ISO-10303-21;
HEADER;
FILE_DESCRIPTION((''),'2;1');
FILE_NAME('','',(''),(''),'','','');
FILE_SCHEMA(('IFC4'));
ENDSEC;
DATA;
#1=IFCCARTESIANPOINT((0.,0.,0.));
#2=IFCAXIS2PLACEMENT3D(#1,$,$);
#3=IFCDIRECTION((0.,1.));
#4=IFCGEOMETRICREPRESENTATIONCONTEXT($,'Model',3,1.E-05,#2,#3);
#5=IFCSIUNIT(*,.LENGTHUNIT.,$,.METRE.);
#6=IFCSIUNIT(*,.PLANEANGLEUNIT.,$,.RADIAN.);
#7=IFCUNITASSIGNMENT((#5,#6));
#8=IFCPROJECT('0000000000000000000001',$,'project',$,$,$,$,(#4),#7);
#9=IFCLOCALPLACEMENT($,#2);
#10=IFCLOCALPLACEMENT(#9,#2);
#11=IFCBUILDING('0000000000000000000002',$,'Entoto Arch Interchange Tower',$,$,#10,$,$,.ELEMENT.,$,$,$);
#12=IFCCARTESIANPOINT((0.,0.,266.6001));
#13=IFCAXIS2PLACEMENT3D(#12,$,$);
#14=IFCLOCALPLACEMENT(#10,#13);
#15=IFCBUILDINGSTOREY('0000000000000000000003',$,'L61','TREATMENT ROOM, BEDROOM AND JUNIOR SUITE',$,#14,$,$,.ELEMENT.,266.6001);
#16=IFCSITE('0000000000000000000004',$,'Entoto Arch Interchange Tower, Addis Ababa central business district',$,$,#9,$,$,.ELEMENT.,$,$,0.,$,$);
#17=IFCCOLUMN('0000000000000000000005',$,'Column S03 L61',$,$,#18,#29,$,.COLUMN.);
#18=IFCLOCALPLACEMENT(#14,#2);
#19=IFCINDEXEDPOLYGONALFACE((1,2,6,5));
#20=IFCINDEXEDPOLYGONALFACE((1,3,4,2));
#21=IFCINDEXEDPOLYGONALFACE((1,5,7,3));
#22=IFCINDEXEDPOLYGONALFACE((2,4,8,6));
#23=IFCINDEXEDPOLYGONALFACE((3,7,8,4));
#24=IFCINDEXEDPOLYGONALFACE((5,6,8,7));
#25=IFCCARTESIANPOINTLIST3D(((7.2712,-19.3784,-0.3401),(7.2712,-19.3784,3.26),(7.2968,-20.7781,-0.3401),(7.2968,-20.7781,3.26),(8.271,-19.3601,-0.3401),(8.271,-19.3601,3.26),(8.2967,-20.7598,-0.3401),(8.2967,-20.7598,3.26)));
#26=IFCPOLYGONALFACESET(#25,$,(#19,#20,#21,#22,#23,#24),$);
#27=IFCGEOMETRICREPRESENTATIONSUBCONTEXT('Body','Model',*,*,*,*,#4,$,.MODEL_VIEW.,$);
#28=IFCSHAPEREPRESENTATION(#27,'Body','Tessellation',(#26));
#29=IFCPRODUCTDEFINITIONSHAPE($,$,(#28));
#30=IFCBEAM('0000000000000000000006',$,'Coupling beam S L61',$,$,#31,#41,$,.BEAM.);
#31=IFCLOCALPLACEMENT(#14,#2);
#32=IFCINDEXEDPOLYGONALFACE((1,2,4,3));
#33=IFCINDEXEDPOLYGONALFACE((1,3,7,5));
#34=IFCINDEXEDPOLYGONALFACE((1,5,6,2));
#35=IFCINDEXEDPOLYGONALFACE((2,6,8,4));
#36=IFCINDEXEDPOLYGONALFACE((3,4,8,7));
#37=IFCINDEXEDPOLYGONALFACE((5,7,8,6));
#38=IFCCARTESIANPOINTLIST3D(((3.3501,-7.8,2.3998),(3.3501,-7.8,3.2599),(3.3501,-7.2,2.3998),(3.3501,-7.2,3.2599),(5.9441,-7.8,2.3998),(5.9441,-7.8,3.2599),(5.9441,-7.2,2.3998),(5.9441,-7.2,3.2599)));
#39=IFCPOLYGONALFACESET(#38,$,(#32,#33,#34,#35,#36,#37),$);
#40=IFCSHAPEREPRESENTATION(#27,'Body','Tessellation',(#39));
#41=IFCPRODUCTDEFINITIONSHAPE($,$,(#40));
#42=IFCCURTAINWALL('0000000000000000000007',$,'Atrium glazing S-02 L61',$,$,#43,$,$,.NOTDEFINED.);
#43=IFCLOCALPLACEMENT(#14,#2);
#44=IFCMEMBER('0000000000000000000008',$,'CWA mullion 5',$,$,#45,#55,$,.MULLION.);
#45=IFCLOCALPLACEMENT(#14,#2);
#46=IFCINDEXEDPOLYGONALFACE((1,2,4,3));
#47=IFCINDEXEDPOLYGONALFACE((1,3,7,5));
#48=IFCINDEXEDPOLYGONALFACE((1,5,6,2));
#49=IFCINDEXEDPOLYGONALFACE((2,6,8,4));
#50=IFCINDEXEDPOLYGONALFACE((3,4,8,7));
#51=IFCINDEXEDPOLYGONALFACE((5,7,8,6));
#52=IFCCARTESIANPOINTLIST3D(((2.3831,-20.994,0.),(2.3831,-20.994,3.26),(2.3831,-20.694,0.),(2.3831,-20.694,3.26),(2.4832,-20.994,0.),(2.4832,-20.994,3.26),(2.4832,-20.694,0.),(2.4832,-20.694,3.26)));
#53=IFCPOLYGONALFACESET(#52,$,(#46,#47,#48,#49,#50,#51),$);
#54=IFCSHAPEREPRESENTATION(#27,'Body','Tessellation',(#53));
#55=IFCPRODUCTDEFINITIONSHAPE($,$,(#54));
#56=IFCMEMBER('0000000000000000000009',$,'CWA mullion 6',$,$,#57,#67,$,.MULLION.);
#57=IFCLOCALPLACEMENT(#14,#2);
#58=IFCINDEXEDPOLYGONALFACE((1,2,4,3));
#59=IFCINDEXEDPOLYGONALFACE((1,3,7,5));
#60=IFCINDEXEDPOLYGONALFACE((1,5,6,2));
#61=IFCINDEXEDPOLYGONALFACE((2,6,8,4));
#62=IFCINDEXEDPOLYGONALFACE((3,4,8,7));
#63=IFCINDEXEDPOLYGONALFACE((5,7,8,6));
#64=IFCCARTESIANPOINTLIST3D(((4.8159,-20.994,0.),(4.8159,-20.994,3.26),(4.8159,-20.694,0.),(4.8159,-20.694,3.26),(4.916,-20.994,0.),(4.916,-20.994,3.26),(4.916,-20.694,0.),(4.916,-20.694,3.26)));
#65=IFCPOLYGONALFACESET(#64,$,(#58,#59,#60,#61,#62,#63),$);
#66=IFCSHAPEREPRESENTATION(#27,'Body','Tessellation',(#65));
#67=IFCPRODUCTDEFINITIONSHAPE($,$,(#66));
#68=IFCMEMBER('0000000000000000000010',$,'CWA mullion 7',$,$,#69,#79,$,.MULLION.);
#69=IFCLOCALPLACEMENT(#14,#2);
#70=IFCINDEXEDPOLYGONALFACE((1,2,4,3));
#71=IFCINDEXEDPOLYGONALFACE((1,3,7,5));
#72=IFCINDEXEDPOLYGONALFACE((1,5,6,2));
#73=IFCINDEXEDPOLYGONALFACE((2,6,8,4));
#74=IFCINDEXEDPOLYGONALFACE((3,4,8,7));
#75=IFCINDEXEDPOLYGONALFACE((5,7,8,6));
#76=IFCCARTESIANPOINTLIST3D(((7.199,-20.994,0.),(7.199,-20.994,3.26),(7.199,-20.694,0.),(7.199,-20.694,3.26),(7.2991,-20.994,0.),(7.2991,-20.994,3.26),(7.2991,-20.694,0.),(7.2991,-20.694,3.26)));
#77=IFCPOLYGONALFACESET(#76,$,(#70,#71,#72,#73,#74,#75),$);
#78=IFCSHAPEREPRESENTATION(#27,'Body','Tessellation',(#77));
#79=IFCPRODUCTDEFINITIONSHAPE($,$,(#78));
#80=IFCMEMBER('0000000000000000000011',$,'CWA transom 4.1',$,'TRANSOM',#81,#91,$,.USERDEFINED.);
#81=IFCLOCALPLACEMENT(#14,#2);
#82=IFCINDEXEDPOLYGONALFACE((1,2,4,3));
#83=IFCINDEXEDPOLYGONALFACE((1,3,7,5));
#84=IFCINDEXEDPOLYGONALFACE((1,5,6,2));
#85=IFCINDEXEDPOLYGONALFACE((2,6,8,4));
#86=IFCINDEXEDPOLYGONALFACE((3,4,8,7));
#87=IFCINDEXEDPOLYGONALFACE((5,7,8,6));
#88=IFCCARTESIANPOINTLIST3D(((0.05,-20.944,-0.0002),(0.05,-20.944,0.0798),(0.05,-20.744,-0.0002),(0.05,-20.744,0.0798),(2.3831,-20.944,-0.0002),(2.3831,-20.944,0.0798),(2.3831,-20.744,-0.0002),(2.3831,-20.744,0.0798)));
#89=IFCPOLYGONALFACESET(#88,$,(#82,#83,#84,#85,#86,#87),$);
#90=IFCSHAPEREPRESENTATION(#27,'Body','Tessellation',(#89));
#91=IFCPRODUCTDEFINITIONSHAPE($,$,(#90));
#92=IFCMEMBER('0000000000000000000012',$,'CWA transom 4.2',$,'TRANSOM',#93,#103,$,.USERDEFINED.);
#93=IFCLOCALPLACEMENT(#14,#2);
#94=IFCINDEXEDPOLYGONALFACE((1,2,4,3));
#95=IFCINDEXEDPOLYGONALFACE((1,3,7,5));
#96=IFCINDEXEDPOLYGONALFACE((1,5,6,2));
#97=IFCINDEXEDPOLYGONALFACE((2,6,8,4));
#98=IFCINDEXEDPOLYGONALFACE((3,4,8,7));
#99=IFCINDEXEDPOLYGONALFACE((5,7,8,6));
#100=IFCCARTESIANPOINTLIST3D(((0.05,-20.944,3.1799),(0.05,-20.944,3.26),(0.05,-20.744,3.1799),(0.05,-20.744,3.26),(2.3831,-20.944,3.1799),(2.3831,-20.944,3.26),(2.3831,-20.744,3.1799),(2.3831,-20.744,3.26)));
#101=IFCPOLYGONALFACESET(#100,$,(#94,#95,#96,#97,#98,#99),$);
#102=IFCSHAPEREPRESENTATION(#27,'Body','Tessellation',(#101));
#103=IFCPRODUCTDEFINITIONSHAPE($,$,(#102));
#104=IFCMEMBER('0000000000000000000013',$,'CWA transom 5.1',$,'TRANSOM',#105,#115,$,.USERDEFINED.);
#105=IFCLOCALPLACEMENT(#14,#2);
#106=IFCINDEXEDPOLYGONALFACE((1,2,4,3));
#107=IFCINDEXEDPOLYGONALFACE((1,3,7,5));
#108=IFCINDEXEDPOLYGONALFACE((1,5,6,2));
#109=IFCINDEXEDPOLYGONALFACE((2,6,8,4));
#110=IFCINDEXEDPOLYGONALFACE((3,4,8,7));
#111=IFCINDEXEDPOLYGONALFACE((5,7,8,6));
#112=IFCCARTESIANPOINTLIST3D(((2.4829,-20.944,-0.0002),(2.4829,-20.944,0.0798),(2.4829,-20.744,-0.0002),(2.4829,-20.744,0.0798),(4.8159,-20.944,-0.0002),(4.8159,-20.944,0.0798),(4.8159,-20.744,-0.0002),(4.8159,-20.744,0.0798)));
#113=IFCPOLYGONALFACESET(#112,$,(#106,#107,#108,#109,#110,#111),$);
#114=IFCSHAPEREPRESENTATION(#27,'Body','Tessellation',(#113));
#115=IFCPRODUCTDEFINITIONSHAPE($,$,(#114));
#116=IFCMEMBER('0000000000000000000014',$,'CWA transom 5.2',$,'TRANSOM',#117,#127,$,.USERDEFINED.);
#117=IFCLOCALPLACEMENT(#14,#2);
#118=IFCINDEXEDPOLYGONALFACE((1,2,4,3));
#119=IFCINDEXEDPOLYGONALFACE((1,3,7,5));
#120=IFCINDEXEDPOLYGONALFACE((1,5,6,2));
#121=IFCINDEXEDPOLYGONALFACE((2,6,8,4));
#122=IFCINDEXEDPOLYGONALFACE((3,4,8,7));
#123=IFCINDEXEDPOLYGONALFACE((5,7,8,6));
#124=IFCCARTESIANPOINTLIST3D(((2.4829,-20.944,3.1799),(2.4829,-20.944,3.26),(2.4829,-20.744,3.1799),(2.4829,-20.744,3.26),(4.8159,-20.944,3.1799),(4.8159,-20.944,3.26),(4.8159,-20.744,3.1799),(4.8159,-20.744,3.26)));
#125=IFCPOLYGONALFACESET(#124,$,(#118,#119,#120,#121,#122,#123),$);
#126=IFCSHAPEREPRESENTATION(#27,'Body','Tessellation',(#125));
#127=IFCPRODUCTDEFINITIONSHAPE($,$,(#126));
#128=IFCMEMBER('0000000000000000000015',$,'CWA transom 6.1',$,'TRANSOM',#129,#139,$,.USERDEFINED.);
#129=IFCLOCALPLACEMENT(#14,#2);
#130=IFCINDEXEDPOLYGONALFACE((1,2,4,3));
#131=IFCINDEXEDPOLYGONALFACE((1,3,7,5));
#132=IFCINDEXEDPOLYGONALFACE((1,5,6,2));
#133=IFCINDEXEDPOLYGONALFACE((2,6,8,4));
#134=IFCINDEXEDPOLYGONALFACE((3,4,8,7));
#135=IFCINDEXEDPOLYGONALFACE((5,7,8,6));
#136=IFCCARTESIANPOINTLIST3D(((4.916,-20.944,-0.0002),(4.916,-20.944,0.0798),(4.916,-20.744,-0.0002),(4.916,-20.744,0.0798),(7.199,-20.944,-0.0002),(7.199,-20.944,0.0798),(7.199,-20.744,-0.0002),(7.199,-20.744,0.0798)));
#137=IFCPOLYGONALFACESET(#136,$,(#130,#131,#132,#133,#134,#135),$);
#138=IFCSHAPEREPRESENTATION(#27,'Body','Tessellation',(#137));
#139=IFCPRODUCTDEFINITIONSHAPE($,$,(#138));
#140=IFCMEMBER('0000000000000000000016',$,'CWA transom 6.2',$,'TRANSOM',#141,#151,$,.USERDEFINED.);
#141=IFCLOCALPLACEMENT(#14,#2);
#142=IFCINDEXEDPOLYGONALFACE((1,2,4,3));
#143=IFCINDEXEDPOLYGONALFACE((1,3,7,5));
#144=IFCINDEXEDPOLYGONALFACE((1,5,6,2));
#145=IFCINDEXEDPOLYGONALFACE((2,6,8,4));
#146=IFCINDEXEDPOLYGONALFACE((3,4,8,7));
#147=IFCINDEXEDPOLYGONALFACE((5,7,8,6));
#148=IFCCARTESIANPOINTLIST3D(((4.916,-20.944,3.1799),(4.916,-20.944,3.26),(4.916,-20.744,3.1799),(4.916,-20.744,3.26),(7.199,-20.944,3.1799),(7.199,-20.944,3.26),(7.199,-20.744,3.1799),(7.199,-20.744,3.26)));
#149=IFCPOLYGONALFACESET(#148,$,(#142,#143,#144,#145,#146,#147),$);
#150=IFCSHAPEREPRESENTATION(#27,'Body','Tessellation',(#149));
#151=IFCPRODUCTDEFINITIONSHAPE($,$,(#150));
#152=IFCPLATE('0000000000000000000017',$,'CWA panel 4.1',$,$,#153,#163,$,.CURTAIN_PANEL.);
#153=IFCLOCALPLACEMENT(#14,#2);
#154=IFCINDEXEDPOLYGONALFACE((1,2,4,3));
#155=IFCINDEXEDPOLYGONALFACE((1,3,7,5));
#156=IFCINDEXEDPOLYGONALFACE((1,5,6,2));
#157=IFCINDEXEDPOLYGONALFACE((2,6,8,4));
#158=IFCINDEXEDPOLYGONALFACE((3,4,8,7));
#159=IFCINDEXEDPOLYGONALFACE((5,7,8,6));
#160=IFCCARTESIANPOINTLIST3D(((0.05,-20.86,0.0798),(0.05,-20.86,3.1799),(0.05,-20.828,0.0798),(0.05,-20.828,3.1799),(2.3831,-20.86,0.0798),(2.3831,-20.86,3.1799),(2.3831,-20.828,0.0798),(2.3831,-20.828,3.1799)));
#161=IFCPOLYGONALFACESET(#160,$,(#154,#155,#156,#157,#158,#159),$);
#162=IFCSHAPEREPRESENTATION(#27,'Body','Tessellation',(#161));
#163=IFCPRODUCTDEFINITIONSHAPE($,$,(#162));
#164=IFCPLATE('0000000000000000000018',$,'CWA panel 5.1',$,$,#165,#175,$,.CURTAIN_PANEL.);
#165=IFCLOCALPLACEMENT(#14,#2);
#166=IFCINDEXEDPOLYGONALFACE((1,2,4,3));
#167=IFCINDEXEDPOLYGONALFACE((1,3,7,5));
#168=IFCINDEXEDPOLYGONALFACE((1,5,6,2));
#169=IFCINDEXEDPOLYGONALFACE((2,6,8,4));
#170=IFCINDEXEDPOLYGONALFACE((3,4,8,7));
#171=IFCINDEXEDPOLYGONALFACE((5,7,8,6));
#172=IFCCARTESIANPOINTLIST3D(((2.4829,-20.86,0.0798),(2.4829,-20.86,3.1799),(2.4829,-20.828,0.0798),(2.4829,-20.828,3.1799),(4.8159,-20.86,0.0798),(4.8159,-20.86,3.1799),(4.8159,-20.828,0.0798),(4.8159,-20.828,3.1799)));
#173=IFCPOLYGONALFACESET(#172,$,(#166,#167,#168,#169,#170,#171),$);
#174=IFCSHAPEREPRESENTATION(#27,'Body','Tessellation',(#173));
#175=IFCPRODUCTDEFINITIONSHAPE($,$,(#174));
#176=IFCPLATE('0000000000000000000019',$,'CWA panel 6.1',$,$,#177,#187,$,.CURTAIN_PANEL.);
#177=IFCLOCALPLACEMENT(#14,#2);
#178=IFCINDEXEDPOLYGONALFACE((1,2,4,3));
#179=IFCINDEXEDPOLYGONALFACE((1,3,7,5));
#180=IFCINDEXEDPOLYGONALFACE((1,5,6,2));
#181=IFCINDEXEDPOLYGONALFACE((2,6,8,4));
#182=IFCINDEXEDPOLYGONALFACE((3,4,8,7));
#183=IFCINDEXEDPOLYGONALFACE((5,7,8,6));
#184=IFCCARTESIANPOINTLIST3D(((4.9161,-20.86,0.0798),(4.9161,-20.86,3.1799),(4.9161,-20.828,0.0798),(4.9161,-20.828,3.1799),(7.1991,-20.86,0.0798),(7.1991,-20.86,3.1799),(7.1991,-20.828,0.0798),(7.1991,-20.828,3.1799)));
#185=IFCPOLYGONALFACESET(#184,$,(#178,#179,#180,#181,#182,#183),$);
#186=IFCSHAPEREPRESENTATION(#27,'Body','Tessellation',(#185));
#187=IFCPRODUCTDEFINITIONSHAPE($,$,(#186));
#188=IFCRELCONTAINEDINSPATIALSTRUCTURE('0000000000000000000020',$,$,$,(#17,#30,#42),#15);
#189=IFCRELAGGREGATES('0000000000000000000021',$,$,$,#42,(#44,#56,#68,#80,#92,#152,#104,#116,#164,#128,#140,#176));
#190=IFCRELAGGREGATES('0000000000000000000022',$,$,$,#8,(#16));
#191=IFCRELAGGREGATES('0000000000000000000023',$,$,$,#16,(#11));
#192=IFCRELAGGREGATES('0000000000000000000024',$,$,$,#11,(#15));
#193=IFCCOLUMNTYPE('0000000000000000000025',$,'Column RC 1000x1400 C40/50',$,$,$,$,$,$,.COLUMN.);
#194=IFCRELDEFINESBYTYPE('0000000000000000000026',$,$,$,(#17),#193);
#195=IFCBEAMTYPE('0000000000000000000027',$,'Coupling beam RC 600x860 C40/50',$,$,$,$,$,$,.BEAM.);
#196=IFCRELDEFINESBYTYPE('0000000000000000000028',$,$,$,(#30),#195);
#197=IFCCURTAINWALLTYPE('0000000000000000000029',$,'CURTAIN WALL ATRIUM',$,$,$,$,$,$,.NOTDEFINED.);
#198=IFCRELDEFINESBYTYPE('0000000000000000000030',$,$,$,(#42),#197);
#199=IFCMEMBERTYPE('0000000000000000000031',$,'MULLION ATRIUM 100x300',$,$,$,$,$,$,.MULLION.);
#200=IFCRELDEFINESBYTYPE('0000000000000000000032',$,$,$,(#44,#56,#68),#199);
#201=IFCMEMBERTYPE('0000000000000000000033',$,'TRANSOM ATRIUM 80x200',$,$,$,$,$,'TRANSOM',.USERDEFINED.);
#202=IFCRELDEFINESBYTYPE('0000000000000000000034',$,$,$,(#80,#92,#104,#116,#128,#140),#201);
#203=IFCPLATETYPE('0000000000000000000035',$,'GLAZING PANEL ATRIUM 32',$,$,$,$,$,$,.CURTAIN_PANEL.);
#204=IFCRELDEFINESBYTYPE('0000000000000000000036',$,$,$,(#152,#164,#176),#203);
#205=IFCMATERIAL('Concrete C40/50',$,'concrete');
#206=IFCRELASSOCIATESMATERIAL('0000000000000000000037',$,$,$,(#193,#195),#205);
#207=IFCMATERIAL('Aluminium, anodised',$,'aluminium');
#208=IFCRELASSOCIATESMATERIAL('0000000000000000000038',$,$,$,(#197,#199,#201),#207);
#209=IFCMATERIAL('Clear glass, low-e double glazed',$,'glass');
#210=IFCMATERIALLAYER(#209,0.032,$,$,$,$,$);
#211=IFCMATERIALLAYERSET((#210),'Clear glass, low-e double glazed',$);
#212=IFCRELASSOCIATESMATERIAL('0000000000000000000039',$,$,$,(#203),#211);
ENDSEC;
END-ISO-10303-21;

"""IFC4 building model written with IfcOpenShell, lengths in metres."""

from ifc_helpers import new_model, si_unit, direction, frame, origin, origin_2d, place, context, subcontext, project, spatial, rectangle, extrude, material, layer, layer_set, material_profile, profile_set, type_object, element, aggregate, save


model = new_model("IFC4")

# Units and contexts
model_context = context("Model", 3, precision=1e-05, world=origin(), true_north=direction((0.0, 1.0)))
body_context = subcontext(model_context, "Body", "Model", "MODEL_VIEW")
ifc_project = project(units=[si_unit("LENGTHUNIT", "METRE"), si_unit("PLANEANGLEUNIT", "RADIAN")], contexts=[model_context])

# Site, building, storey
site_placement = place(None, origin())
site = spatial("IfcSite", under=ifc_project, at=site_placement, Name="Entoto Arch Interchange Tower, Addis Ababa central business district", CompositionType="ELEMENT", RefElevation=0.0)
building_placement = place(site_placement, origin())
building = spatial("IfcBuilding", under=site, at=building_placement, Name="Entoto Arch Interchange Tower", CompositionType="ELEMENT")
storey_placement = place(building_placement, frame((0.0, 0.0, 266.6001)))
storey = spatial("IfcBuildingStorey", under=building, at=storey_placement, Name="L61", Description="TREATMENT ROOM, BEDROOM AND JUNIOR SUITE", CompositionType="ELEMENT", Elevation=266.6001)

# Column
ifc_material_1 = material(Name="Concrete C40/50", Category="concrete")
ifc_material_profile_1 = material_profile(ifc_material_1, rectangle(XDim=1.0, YDim=1.3999, at=origin_2d()))
ifc_profile_set_1 = profile_set([ifc_material_profile_1], Name="Concrete C40/50")
column_type = type_object("IfcColumnType", Name="Column RC 1000x1400 C40/50", PredefinedType="COLUMN", material=ifc_profile_set_1)
column_placement = place(storey_placement, frame((7.7839, -20.0691, -0.3401), z_axis=(0.0, 0.0, 1.0), x_axis=(0.999833, 0.01829, 0.0)))
element("IfcColumn", 1, at=column_placement, inside=storey, type_object=column_type, Name="Column S03 L61", PredefinedType="COLUMN", context=body_context, shape_type="SweptSolid", body=[
    extrude(rectangle(XDim=1.0, YDim=1.3999, at=origin_2d()), origin(), (0.0, 0.0, 1.0), 3.6001),
])

# Beam
ifc_material_profile_2 = material_profile(ifc_material_1, rectangle(XDim=0.6001, YDim=0.8601, at=origin_2d()))
ifc_profile_set_2 = profile_set([ifc_material_profile_2], Name="Concrete C40/50")
beam_type = type_object("IfcBeamType", Name="Coupling beam RC 600x860 C40/50", PredefinedType="BEAM", material=ifc_profile_set_2)
beam_placement = place(storey_placement, frame((3.3501, -7.5, 2.8298), z_axis=(1.0, 0.0, 0.0), x_axis=(0.0, 1.0, 0.0)))
element("IfcBeam", 2, at=beam_placement, inside=storey, type_object=beam_type, Name="Coupling beam S L61", PredefinedType="BEAM", context=body_context, shape_type="SweptSolid", body=[
    extrude(rectangle(XDim=0.6001, YDim=0.8601, at=origin_2d()), origin(), (0.0, 0.0, 1.0), 2.594),
])

# Curtain wall, members, plates
ifc_material_2 = material(Name="Aluminium, anodised", Category="aluminium")
curtain_wall_type = type_object("IfcCurtainWallType", Name="CURTAIN WALL ATRIUM", PredefinedType="NOTDEFINED", material=ifc_material_2)
curtain_wall_placement = place(storey_placement, origin())
curtain_wall = element("IfcCurtainWall", 3, at=curtain_wall_placement, inside=storey, type_object=curtain_wall_type, Name="Atrium glazing S-02 L61", PredefinedType="NOTDEFINED")
ifc_material_profile_3 = material_profile(ifc_material_2, rectangle(XDim=0.3, YDim=0.1001, at=origin_2d()))
ifc_profile_set_3 = profile_set([ifc_material_profile_3], Name="Aluminium, anodised")
member_type_1 = type_object("IfcMemberType", Name="MULLION ATRIUM 100x300", PredefinedType="MULLION", material=ifc_profile_set_3)
member_1_placement = place(storey_placement, frame((2.4331, -20.844, 0.0), z_axis=(0.0, 0.0, 1.0), x_axis=(0.0, 1.0, 0.0)))
member_1 = element("IfcMember", 4, at=member_1_placement, type_object=member_type_1, Name="CWA mullion 5", PredefinedType="MULLION", context=body_context, shape_type="SweptSolid", body=[
    extrude(rectangle(XDim=0.3, YDim=0.1001, at=origin_2d()), origin(), (0.0, 0.0, 1.0), 3.26),
])
member_2_placement = place(storey_placement, frame((4.866, -20.844, 0.0), z_axis=(0.0, 0.0, 1.0), x_axis=(0.0, 1.0, 0.0)))
member_2 = element("IfcMember", 5, at=member_2_placement, type_object=member_type_1, Name="CWA mullion 6", PredefinedType="MULLION", context=body_context, shape_type="SweptSolid", body=[
    extrude(rectangle(XDim=0.3, YDim=0.1001, at=origin_2d()), origin(), (0.0, 0.0, 1.0), 3.26),
])
member_3_placement = place(storey_placement, frame((7.249, -20.844, 0.0), z_axis=(0.0, 0.0, 1.0), x_axis=(0.0, 1.0, 0.0)))
member_3 = element("IfcMember", 6, at=member_3_placement, type_object=member_type_1, Name="CWA mullion 7", PredefinedType="MULLION", context=body_context, shape_type="SweptSolid", body=[
    extrude(rectangle(XDim=0.3, YDim=0.1001, at=origin_2d()), origin(), (0.0, 0.0, 1.0), 3.26),
])
ifc_material_profile_4 = material_profile(ifc_material_2, rectangle(XDim=0.2, YDim=0.0801, at=origin_2d()))
ifc_profile_set_4 = profile_set([ifc_material_profile_4], Name="Aluminium, anodised")
member_type_2 = type_object("IfcMemberType", Name="TRANSOM ATRIUM 80x200", ElementType="TRANSOM", PredefinedType="USERDEFINED", material=ifc_profile_set_4)
member_4_placement = place(storey_placement, frame((0.05, -20.844, 0.0398), z_axis=(1.0, 0.0, 0.0), x_axis=(0.0, 1.0, 0.0)))
member_4 = element("IfcMember", 7, at=member_4_placement, type_object=member_type_2, Name="CWA transom 4.1", ObjectType="TRANSOM", PredefinedType="USERDEFINED", context=body_context, shape_type="SweptSolid", body=[
    extrude(rectangle(XDim=0.2, YDim=0.0801, at=origin_2d()), origin(), (0.0, 0.0, 1.0), 2.333),
])
member_5_placement = place(storey_placement, frame((0.05, -20.844, 3.22), z_axis=(1.0, 0.0, 0.0), x_axis=(0.0, 1.0, 0.0)))
member_5 = element("IfcMember", 8, at=member_5_placement, type_object=member_type_2, Name="CWA transom 4.2", ObjectType="TRANSOM", PredefinedType="USERDEFINED", context=body_context, shape_type="SweptSolid", body=[
    extrude(rectangle(XDim=0.2, YDim=0.0801, at=origin_2d()), origin(), (0.0, 0.0, 1.0), 2.333),
])
member_6_placement = place(storey_placement, frame((2.4829, -20.844, 0.0398), z_axis=(1.0, 0.0, 0.0), x_axis=(0.0, 1.0, 0.0)))
member_6 = element("IfcMember", 9, at=member_6_placement, type_object=member_type_2, Name="CWA transom 5.1", ObjectType="TRANSOM", PredefinedType="USERDEFINED", context=body_context, shape_type="SweptSolid", body=[
    extrude(rectangle(XDim=0.2, YDim=0.0801, at=origin_2d()), origin(), (0.0, 0.0, 1.0), 2.333),
])
member_7_placement = place(storey_placement, frame((2.4829, -20.844, 3.22), z_axis=(1.0, 0.0, 0.0), x_axis=(0.0, 1.0, 0.0)))
member_7 = element("IfcMember", 10, at=member_7_placement, type_object=member_type_2, Name="CWA transom 5.2", ObjectType="TRANSOM", PredefinedType="USERDEFINED", context=body_context, shape_type="SweptSolid", body=[
    extrude(rectangle(XDim=0.2, YDim=0.0801, at=origin_2d()), origin(), (0.0, 0.0, 1.0), 2.333),
])
member_8_placement = place(storey_placement, frame((4.916, -20.844, 0.0398), z_axis=(1.0, 0.0, 0.0), x_axis=(0.0, 1.0, 0.0)))
member_8 = element("IfcMember", 11, at=member_8_placement, type_object=member_type_2, Name="CWA transom 6.1", ObjectType="TRANSOM", PredefinedType="USERDEFINED", context=body_context, shape_type="SweptSolid", body=[
    extrude(rectangle(XDim=0.2, YDim=0.0801, at=origin_2d()), origin(), (0.0, 0.0, 1.0), 2.283),
])
member_9_placement = place(storey_placement, frame((4.916, -20.844, 3.22), z_axis=(1.0, 0.0, 0.0), x_axis=(0.0, 1.0, 0.0)))
member_9 = element("IfcMember", 12, at=member_9_placement, type_object=member_type_2, Name="CWA transom 6.2", ObjectType="TRANSOM", PredefinedType="USERDEFINED", context=body_context, shape_type="SweptSolid", body=[
    extrude(rectangle(XDim=0.2, YDim=0.0801, at=origin_2d()), origin(), (0.0, 0.0, 1.0), 2.283),
])
ifc_material_3 = material(Name="Clear glass, low-e double glazed", Category="glass")
ifc_layer_1 = layer(ifc_material_3, 0.032)
ifc_layer_set_1 = layer_set([ifc_layer_1], Name="Clear glass, low-e double glazed")
plate_type = type_object("IfcPlateType", Name="GLAZING PANEL ATRIUM 32", PredefinedType="CURTAIN_PANEL", material=ifc_layer_set_1)
plate_1_placement = place(storey_placement, frame((1.2166, -20.844, 0.0798), z_axis=(0.0, 0.0, 1.0), x_axis=(1.0, 0.0, 0.0)))
plate_1 = element("IfcPlate", 13, at=plate_1_placement, type_object=plate_type, Name="CWA panel 4.1", PredefinedType="CURTAIN_PANEL", context=body_context, shape_type="SweptSolid", body=[
    extrude(rectangle(XDim=2.333, YDim=0.032, at=origin_2d()), origin(), (0.0, 0.0, 1.0), 3.1001),
])
plate_2_placement = place(storey_placement, frame((3.6494, -20.844, 0.0798), z_axis=(0.0, 0.0, 1.0), x_axis=(1.0, 0.0, 0.0)))
plate_2 = element("IfcPlate", 14, at=plate_2_placement, type_object=plate_type, Name="CWA panel 5.1", PredefinedType="CURTAIN_PANEL", context=body_context, shape_type="SweptSolid", body=[
    extrude(rectangle(XDim=2.333, YDim=0.032, at=origin_2d()), origin(), (0.0, 0.0, 1.0), 3.1001),
])
plate_3_placement = place(storey_placement, frame((6.0576, -20.844, 0.0798), z_axis=(0.0, 0.0, 1.0), x_axis=(1.0, 0.0, 0.0)))
plate_3 = element("IfcPlate", 15, at=plate_3_placement, type_object=plate_type, Name="CWA panel 6.1", PredefinedType="CURTAIN_PANEL", context=body_context, shape_type="SweptSolid", body=[
    extrude(rectangle(XDim=2.283, YDim=0.032, at=origin_2d()), origin(), (0.0, 0.0, 1.0), 3.1001),
])
aggregate(curtain_wall, [member_1, member_2, member_3, member_4, member_5, plate_1, member_6, member_7, plate_2, member_8, member_9, plate_3])

save(model, "model.ifc")
